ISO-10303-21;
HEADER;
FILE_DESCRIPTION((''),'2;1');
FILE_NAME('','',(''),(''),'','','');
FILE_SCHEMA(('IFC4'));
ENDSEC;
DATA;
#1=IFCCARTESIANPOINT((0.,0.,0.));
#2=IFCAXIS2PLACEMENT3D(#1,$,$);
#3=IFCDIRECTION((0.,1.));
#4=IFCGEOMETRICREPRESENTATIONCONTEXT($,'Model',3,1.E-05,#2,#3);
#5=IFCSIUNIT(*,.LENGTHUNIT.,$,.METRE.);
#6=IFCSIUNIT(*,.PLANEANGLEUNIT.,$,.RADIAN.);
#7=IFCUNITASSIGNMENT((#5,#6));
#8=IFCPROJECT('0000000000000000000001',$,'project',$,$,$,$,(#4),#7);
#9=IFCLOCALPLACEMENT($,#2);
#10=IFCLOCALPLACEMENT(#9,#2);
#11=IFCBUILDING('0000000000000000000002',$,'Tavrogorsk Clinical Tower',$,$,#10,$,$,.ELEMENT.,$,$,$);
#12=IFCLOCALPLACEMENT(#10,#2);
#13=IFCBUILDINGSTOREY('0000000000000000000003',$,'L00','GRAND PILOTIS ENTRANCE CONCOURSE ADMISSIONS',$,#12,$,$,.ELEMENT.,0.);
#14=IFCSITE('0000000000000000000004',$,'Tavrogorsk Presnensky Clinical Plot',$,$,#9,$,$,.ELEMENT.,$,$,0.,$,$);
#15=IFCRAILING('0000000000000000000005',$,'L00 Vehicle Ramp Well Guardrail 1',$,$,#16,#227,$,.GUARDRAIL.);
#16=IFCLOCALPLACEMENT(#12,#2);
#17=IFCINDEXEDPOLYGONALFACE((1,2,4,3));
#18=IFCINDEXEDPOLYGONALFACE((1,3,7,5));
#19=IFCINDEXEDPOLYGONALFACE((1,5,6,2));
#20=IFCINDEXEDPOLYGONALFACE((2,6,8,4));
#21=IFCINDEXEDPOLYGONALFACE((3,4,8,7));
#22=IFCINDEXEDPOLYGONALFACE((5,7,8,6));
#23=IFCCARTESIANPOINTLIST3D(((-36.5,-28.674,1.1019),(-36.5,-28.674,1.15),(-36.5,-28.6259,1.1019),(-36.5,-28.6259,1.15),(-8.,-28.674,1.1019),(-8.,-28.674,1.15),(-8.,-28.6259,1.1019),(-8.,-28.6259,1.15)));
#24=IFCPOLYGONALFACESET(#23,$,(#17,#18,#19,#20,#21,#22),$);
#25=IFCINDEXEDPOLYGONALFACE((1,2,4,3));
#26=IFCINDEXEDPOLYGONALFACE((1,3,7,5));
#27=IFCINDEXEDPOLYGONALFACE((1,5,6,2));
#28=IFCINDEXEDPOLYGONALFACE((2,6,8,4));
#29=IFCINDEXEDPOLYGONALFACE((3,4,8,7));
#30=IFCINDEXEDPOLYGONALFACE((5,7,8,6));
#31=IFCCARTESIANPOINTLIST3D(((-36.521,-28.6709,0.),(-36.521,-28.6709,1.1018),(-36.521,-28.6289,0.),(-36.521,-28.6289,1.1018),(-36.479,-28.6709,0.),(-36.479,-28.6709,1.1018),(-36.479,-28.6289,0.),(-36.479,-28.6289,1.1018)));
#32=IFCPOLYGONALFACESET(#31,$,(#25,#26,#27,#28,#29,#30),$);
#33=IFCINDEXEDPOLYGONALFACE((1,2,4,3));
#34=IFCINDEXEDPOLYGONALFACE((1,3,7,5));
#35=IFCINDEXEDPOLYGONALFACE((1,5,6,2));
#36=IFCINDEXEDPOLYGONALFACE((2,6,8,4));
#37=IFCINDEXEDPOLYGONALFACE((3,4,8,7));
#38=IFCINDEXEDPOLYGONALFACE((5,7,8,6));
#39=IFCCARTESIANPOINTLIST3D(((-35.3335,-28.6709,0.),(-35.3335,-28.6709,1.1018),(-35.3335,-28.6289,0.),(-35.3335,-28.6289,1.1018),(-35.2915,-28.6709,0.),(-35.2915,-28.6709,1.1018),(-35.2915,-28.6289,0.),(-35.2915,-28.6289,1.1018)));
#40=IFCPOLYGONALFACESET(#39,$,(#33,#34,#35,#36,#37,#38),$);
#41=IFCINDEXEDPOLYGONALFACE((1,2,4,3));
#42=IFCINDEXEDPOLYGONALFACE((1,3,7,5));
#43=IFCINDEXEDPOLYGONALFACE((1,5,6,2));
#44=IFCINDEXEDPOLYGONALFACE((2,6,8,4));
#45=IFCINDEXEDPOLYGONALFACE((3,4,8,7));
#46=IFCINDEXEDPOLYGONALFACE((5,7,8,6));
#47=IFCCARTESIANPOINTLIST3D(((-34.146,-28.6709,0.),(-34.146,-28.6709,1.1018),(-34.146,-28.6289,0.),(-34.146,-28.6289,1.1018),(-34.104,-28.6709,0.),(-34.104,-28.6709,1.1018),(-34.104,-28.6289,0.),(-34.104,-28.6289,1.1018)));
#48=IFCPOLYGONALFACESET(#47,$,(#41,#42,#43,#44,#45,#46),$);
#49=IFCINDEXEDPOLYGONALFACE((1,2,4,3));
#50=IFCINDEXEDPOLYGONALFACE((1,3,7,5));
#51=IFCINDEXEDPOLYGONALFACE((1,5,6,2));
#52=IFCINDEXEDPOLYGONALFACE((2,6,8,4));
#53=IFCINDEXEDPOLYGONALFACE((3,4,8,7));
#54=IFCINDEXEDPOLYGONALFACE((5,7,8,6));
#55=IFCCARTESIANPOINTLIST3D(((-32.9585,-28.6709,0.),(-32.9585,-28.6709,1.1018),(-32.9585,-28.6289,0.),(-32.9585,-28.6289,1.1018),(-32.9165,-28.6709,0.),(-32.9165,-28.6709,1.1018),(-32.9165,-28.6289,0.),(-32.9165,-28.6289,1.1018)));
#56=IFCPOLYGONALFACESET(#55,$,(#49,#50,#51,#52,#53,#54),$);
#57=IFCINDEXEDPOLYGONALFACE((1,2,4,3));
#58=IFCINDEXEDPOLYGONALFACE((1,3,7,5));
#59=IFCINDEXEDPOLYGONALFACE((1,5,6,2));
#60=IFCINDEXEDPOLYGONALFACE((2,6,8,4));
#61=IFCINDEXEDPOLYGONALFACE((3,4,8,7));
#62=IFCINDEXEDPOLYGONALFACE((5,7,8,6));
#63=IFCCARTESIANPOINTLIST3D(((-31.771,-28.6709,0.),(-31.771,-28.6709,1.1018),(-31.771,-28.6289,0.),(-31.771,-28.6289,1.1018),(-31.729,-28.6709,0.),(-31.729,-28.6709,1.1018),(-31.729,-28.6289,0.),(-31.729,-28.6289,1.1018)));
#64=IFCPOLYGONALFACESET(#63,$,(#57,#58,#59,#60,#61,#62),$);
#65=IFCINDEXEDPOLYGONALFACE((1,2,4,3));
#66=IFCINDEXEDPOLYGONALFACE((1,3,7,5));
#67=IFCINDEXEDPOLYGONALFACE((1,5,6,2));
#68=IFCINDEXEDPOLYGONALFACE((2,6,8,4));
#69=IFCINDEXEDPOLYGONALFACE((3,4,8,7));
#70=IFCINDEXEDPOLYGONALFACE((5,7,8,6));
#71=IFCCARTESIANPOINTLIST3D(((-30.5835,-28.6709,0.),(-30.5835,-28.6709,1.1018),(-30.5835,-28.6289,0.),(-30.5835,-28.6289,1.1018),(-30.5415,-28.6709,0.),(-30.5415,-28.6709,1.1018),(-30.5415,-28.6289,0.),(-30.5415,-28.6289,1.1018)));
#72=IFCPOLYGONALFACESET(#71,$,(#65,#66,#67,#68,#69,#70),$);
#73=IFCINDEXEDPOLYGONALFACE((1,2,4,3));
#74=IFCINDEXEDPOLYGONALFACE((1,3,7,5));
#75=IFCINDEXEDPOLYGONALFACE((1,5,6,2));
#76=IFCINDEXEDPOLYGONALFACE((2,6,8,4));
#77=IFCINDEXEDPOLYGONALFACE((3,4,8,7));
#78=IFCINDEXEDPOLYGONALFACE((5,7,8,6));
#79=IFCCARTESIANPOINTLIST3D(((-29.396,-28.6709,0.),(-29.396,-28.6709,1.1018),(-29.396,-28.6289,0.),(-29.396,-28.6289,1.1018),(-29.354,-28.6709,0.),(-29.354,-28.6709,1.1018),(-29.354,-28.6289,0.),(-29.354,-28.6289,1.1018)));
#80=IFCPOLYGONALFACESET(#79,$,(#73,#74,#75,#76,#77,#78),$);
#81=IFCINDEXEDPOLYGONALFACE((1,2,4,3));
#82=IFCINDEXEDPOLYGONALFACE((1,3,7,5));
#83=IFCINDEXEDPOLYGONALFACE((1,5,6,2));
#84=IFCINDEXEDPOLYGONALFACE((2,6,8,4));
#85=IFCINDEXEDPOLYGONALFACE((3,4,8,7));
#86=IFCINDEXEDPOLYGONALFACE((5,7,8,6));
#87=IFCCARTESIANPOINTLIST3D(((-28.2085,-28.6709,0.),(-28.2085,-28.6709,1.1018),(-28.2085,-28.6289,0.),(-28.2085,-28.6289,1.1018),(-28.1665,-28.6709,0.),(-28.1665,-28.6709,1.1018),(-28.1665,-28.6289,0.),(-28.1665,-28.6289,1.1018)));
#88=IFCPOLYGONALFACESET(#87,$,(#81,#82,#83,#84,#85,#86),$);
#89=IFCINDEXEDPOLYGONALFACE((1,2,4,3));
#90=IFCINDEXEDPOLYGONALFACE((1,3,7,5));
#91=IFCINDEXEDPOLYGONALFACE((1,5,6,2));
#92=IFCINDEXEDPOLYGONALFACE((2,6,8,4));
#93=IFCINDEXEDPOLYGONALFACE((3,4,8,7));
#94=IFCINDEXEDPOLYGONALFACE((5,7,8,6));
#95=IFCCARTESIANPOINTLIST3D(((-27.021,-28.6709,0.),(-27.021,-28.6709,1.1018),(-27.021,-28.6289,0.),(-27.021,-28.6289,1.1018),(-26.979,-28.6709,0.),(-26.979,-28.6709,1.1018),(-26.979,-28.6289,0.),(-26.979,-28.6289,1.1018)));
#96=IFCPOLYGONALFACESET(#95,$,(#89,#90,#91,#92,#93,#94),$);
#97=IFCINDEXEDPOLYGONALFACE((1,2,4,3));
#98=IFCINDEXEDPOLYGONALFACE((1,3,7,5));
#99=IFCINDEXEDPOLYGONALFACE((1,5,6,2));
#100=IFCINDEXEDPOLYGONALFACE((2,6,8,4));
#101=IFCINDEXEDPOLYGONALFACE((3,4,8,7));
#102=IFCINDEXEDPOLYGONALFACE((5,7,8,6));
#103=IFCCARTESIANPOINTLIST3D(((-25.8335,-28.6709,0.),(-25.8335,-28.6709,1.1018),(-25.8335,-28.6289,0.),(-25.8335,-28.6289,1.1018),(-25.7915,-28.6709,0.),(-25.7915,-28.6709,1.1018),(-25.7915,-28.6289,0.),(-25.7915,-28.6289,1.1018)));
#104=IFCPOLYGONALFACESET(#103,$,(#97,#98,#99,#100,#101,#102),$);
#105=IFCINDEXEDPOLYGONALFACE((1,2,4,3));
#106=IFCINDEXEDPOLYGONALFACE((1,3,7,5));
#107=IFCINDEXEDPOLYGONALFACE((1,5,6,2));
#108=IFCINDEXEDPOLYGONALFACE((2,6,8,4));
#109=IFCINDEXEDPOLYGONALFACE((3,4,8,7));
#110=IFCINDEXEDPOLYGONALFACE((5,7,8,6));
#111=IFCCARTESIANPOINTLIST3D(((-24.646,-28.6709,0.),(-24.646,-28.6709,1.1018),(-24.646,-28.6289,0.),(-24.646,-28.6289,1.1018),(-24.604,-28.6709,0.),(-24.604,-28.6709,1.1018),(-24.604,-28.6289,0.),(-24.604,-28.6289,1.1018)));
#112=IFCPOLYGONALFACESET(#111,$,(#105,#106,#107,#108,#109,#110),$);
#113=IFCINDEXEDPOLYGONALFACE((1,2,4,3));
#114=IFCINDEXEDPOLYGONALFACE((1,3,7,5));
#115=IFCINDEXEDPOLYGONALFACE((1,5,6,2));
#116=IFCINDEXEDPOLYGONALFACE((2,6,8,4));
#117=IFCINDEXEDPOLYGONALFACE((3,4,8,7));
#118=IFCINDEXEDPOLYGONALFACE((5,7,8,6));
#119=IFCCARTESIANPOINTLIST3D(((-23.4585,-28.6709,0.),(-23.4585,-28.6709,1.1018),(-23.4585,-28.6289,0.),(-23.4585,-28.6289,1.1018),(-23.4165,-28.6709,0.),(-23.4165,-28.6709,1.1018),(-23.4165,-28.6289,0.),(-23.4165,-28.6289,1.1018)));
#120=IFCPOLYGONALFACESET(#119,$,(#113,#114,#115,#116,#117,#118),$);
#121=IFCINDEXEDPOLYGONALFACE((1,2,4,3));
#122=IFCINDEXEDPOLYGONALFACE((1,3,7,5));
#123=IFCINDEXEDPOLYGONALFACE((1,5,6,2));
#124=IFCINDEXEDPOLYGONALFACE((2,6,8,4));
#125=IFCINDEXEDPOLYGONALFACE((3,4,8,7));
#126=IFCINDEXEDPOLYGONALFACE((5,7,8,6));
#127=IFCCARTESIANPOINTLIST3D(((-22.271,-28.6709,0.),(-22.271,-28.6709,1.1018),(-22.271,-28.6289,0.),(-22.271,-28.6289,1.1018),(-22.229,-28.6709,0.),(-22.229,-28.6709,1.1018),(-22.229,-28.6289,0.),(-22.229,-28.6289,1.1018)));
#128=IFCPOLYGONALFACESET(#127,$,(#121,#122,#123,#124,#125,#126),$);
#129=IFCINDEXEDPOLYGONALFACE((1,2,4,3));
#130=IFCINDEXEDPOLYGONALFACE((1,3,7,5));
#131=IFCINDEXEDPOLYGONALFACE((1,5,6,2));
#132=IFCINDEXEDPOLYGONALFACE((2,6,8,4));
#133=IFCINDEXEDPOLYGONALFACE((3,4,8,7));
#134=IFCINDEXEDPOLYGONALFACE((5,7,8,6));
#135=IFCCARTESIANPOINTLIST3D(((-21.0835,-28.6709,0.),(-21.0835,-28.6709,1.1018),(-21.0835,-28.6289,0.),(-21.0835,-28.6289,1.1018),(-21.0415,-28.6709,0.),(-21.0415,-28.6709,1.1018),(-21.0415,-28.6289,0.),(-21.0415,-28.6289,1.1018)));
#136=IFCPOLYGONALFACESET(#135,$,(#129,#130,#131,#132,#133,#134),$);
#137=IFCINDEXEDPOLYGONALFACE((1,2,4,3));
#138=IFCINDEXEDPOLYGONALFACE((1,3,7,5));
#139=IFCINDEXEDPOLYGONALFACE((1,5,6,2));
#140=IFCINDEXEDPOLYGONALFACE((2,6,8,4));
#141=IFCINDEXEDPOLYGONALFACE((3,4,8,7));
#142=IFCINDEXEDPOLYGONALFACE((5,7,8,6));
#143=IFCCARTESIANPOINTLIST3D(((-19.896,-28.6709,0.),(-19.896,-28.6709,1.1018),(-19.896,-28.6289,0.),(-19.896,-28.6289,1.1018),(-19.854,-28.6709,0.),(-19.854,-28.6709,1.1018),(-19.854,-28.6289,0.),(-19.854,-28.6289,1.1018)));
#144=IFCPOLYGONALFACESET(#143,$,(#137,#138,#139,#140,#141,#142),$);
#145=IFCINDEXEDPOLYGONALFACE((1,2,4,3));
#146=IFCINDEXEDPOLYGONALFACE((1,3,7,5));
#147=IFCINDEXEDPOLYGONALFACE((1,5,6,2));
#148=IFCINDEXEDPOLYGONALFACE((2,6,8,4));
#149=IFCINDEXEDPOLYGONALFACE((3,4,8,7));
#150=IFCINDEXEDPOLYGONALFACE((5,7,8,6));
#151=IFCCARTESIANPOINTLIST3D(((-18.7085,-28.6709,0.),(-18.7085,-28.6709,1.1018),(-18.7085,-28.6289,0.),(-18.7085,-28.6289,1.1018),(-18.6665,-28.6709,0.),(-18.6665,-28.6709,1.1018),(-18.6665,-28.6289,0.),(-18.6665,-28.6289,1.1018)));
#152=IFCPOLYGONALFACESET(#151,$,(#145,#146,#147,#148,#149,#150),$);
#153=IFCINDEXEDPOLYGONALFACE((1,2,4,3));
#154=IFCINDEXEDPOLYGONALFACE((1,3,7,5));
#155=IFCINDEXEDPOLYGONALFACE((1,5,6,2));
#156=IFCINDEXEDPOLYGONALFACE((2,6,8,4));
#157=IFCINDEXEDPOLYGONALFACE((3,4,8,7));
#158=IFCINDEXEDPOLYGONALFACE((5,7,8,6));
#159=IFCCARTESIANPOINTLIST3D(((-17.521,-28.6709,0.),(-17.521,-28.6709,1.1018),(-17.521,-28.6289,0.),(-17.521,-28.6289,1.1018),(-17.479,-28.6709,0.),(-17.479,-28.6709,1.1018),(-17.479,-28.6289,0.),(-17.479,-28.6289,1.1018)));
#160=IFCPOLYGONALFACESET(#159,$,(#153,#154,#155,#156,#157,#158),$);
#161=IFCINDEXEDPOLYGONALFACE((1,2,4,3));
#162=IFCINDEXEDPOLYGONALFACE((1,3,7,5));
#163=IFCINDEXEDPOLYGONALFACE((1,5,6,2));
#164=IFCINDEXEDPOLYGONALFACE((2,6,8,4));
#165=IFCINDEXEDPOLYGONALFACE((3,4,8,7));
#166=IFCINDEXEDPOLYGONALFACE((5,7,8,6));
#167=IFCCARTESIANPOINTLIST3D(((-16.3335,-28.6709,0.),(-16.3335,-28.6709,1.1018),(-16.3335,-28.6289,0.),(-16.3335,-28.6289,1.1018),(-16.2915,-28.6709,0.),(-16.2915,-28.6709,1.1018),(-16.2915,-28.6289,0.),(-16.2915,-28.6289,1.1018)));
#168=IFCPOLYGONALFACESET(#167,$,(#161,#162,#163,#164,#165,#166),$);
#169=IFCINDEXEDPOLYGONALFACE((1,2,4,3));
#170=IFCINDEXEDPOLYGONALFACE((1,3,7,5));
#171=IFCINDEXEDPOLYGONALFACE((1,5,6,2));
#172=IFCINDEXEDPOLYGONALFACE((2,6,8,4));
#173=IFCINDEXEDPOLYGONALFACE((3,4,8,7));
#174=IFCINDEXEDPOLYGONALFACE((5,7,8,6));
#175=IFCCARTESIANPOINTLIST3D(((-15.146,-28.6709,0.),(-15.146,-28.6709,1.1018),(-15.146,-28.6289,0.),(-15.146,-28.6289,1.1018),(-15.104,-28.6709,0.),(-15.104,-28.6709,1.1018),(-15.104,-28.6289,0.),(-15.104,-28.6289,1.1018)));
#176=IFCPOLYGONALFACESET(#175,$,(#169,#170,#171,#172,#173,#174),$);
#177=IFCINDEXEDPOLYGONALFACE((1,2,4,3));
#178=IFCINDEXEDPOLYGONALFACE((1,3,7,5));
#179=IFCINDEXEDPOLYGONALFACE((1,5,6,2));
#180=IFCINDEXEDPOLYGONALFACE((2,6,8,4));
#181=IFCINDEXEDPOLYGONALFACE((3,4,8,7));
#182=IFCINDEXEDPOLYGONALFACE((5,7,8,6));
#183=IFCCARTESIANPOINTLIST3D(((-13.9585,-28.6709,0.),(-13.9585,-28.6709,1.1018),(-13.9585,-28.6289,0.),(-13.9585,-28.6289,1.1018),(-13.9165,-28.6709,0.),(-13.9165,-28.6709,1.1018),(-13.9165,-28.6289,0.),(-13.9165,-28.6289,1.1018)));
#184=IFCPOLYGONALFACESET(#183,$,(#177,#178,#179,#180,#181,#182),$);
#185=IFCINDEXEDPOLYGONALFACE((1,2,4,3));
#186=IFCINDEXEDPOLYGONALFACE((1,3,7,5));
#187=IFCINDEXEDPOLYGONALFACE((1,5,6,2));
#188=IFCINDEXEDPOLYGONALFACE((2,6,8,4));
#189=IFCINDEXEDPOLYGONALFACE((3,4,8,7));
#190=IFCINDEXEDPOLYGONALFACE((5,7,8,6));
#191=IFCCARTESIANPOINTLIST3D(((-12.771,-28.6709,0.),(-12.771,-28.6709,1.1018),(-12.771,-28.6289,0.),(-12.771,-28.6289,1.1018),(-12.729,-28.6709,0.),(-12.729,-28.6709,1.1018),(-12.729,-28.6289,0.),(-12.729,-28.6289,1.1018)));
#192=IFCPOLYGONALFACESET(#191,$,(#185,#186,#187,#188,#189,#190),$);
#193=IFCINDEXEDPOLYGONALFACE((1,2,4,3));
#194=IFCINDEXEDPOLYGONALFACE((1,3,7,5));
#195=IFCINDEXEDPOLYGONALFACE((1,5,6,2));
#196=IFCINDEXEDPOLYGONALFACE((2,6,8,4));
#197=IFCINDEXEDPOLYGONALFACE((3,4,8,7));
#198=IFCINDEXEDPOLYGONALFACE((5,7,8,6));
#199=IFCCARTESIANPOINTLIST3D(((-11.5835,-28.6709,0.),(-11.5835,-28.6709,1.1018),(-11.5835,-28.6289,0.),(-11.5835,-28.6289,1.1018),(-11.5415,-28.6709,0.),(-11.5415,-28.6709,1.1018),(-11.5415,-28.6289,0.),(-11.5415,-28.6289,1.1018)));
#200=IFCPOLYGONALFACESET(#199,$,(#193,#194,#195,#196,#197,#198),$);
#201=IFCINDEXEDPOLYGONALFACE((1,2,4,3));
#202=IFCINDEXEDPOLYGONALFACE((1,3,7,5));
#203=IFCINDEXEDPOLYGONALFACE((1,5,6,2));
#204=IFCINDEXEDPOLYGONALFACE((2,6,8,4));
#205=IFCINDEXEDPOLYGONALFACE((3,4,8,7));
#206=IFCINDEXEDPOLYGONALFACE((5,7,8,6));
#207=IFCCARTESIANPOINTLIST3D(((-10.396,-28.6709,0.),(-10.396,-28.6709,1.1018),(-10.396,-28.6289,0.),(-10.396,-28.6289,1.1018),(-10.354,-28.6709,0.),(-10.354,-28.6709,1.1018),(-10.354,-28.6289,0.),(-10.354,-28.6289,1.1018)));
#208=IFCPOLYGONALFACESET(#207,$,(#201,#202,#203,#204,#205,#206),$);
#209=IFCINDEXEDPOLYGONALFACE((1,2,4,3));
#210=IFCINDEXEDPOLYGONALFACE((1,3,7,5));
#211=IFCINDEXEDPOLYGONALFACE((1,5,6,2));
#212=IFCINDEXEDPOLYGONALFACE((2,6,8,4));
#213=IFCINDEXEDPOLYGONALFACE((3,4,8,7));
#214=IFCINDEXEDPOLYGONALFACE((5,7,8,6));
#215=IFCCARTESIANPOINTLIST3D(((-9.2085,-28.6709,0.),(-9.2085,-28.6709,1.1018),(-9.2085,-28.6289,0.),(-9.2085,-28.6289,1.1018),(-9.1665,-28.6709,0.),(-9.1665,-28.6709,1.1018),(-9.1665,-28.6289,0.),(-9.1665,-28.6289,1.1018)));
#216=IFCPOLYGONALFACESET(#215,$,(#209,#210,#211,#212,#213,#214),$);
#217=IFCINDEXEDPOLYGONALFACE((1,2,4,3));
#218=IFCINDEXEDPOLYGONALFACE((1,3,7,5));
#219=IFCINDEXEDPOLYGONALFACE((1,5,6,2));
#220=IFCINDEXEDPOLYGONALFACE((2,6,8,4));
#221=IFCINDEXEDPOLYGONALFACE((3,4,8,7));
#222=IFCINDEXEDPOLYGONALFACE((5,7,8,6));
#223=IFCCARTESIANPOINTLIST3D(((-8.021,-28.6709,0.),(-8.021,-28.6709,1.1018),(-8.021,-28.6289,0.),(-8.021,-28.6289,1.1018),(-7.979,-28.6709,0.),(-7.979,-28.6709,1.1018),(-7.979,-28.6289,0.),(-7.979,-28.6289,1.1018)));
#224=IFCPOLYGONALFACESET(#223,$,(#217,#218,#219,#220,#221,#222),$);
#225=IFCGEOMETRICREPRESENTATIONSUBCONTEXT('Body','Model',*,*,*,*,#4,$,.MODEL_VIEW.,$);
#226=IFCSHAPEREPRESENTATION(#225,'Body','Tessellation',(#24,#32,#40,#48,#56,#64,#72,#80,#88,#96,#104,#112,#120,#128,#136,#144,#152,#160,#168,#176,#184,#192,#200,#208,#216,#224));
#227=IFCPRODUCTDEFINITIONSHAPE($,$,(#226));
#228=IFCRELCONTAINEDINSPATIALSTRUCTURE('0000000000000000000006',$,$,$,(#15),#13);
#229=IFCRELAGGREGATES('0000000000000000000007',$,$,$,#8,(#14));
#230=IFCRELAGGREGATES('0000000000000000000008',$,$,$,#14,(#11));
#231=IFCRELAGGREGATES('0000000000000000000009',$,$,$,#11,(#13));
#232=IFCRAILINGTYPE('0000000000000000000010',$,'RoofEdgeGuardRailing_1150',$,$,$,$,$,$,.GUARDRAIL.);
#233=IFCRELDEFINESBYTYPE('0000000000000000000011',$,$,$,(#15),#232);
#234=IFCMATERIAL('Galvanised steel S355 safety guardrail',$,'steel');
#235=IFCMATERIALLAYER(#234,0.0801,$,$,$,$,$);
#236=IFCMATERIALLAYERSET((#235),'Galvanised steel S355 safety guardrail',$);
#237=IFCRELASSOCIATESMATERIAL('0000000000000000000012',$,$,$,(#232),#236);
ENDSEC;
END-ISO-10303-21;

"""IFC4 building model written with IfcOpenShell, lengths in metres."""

from ifc_helpers import new_model, si_unit, direction, frame, origin, origin_2d, place, context, subcontext, project, spatial, rectangle, extrude, material, layer, layer_set, type_object, element, save


model = new_model("IFC4")

# Units and contexts
model_context = context("Model", 3, precision=1e-05, world=origin(), true_north=direction((0.0, 1.0)))
body_context = subcontext(model_context, "Body", "Model", "MODEL_VIEW")
ifc_project = project(units=[si_unit("LENGTHUNIT", "METRE"), si_unit("PLANEANGLEUNIT", "RADIAN")], contexts=[model_context])

# Site, building, storey
site_placement = place(None, origin())
site = spatial("IfcSite", under=ifc_project, at=site_placement, Name="Tavrogorsk Presnensky Clinical Plot", CompositionType="ELEMENT", RefElevation=0.0)
building_placement = place(site_placement, origin())
building = spatial("IfcBuilding", under=site, at=building_placement, Name="Tavrogorsk Clinical Tower", CompositionType="ELEMENT")
storey_placement = place(building_placement, origin())
storey = spatial("IfcBuildingStorey", under=building, at=storey_placement, Name="L00", Description="GRAND PILOTIS ENTRANCE CONCOURSE ADMISSIONS", CompositionType="ELEMENT", Elevation=0.0)

# Railing
ifc_material_1 = material(Name="Galvanised steel S355 safety guardrail", Category="steel")
ifc_layer_1 = layer(ifc_material_1, 0.0801)
ifc_layer_set_1 = layer_set([ifc_layer_1], Name="Galvanised steel S355 safety guardrail")
railing_type = type_object("IfcRailingType", Name="RoofEdgeGuardRailing_1150", PredefinedType="GUARDRAIL", material=ifc_layer_set_1)
railing_placement = place(storey_placement, frame((-36.5, -28.6499, 0.0)))
element("IfcRailing", 1, at=railing_placement, inside=storey, type_object=railing_type, Name="L00 Vehicle Ramp Well Guardrail 1", PredefinedType="GUARDRAIL", context=body_context, shape_type="SweptSolid", body=[
    extrude(rectangle(XDim=0.0481, YDim=0.0481, at=origin_2d()), frame((0.0, 0.0, 1.126), z_axis=(1.0, 0.0, 0.0), x_axis=(0.0, 1.0, 0.0)), (0.0, 0.0, 1.0), 28.5),
    extrude(rectangle(XDim=0.042, YDim=0.042, at=origin_2d()), origin(), (0.0, 0.0, 1.0), 1.1018),
    extrude(rectangle(XDim=0.042, YDim=0.042, at=origin_2d()), frame((1.1875, 0.0, 0.0)), (0.0, 0.0, 1.0), 1.1018),
    extrude(rectangle(XDim=0.042, YDim=0.042, at=origin_2d()), frame((2.375, 0.0, 0.0)), (0.0, 0.0, 1.0), 1.1018),
    extrude(rectangle(XDim=0.042, YDim=0.042, at=origin_2d()), frame((3.5625, 0.0, 0.0)), (0.0, 0.0, 1.0), 1.1018),
    extrude(rectangle(XDim=0.042, YDim=0.042, at=origin_2d()), frame((4.75, 0.0, 0.0)), (0.0, 0.0, 1.0), 1.1018),
    extrude(rectangle(XDim=0.042, YDim=0.042, at=origin_2d()), frame((5.9375, 0.0, 0.0)), (0.0, 0.0, 1.0), 1.1018),
    extrude(rectangle(XDim=0.042, YDim=0.042, at=origin_2d()), frame((7.125, 0.0, 0.0)), (0.0, 0.0, 1.0), 1.1018),
    extrude(rectangle(XDim=0.042, YDim=0.042, at=origin_2d()), frame((8.3125, 0.0, 0.0)), (0.0, 0.0, 1.0), 1.1018),
    extrude(rectangle(XDim=0.042, YDim=0.042, at=origin_2d()), frame((9.5, 0.0, 0.0)), (0.0, 0.0, 1.0), 1.1018),
    extrude(rectangle(XDim=0.042, YDim=0.042, at=origin_2d()), frame((10.6875, 0.0, 0.0)), (0.0, 0.0, 1.0), 1.1018),
    extrude(rectangle(XDim=0.042, YDim=0.042, at=origin_2d()), frame((11.875, 0.0, 0.0)), (0.0, 0.0, 1.0), 1.1018),
    extrude(rectangle(XDim=0.042, YDim=0.042, at=origin_2d()), frame((13.0625, 0.0, 0.0)), (0.0, 0.0, 1.0), 1.1018),
    extrude(rectangle(XDim=0.042, YDim=0.042, at=origin_2d()), frame((14.25, 0.0, 0.0)), (0.0, 0.0, 1.0), 1.1018),
    extrude(rectangle(XDim=0.042, YDim=0.042, at=origin_2d()), frame((15.4375, 0.0, 0.0)), (0.0, 0.0, 1.0), 1.1018),
    extrude(rectangle(XDim=0.042, YDim=0.042, at=origin_2d()), frame((16.625, 0.0, 0.0)), (0.0, 0.0, 1.0), 1.1018),
    extrude(rectangle(XDim=0.042, YDim=0.042, at=origin_2d()), frame((17.8125, 0.0, 0.0)), (0.0, 0.0, 1.0), 1.1018),
    extrude(rectangle(XDim=0.042, YDim=0.042, at=origin_2d()), frame((19.0, 0.0, 0.0)), (0.0, 0.0, 1.0), 1.1018),
    extrude(rectangle(XDim=0.042, YDim=0.042, at=origin_2d()), frame((20.1875, 0.0, 0.0)), (0.0, 0.0, 1.0), 1.1018),
    extrude(rectangle(XDim=0.042, YDim=0.042, at=origin_2d()), frame((21.375, 0.0, 0.0)), (0.0, 0.0, 1.0), 1.1018),
    extrude(rectangle(XDim=0.042, YDim=0.042, at=origin_2d()), frame((22.5625, 0.0, 0.0)), (0.0, 0.0, 1.0), 1.1018),
    extrude(rectangle(XDim=0.042, YDim=0.042, at=origin_2d()), frame((23.75, 0.0, 0.0)), (0.0, 0.0, 1.0), 1.1018),
    extrude(rectangle(XDim=0.042, YDim=0.042, at=origin_2d()), frame((24.9375, 0.0, 0.0)), (0.0, 0.0, 1.0), 1.1018),
    extrude(rectangle(XDim=0.042, YDim=0.042, at=origin_2d()), frame((26.125, 0.0, 0.0)), (0.0, 0.0, 1.0), 1.1018),
    extrude(rectangle(XDim=0.042, YDim=0.042, at=origin_2d()), frame((27.3125, 0.0, 0.0)), (0.0, 0.0, 1.0), 1.1018),
    extrude(rectangle(XDim=0.042, YDim=0.042, at=origin_2d()), frame((28.5, 0.0, 0.0)), (0.0, 0.0, 1.0), 1.1018),
])

save(model, "model.ifc")
